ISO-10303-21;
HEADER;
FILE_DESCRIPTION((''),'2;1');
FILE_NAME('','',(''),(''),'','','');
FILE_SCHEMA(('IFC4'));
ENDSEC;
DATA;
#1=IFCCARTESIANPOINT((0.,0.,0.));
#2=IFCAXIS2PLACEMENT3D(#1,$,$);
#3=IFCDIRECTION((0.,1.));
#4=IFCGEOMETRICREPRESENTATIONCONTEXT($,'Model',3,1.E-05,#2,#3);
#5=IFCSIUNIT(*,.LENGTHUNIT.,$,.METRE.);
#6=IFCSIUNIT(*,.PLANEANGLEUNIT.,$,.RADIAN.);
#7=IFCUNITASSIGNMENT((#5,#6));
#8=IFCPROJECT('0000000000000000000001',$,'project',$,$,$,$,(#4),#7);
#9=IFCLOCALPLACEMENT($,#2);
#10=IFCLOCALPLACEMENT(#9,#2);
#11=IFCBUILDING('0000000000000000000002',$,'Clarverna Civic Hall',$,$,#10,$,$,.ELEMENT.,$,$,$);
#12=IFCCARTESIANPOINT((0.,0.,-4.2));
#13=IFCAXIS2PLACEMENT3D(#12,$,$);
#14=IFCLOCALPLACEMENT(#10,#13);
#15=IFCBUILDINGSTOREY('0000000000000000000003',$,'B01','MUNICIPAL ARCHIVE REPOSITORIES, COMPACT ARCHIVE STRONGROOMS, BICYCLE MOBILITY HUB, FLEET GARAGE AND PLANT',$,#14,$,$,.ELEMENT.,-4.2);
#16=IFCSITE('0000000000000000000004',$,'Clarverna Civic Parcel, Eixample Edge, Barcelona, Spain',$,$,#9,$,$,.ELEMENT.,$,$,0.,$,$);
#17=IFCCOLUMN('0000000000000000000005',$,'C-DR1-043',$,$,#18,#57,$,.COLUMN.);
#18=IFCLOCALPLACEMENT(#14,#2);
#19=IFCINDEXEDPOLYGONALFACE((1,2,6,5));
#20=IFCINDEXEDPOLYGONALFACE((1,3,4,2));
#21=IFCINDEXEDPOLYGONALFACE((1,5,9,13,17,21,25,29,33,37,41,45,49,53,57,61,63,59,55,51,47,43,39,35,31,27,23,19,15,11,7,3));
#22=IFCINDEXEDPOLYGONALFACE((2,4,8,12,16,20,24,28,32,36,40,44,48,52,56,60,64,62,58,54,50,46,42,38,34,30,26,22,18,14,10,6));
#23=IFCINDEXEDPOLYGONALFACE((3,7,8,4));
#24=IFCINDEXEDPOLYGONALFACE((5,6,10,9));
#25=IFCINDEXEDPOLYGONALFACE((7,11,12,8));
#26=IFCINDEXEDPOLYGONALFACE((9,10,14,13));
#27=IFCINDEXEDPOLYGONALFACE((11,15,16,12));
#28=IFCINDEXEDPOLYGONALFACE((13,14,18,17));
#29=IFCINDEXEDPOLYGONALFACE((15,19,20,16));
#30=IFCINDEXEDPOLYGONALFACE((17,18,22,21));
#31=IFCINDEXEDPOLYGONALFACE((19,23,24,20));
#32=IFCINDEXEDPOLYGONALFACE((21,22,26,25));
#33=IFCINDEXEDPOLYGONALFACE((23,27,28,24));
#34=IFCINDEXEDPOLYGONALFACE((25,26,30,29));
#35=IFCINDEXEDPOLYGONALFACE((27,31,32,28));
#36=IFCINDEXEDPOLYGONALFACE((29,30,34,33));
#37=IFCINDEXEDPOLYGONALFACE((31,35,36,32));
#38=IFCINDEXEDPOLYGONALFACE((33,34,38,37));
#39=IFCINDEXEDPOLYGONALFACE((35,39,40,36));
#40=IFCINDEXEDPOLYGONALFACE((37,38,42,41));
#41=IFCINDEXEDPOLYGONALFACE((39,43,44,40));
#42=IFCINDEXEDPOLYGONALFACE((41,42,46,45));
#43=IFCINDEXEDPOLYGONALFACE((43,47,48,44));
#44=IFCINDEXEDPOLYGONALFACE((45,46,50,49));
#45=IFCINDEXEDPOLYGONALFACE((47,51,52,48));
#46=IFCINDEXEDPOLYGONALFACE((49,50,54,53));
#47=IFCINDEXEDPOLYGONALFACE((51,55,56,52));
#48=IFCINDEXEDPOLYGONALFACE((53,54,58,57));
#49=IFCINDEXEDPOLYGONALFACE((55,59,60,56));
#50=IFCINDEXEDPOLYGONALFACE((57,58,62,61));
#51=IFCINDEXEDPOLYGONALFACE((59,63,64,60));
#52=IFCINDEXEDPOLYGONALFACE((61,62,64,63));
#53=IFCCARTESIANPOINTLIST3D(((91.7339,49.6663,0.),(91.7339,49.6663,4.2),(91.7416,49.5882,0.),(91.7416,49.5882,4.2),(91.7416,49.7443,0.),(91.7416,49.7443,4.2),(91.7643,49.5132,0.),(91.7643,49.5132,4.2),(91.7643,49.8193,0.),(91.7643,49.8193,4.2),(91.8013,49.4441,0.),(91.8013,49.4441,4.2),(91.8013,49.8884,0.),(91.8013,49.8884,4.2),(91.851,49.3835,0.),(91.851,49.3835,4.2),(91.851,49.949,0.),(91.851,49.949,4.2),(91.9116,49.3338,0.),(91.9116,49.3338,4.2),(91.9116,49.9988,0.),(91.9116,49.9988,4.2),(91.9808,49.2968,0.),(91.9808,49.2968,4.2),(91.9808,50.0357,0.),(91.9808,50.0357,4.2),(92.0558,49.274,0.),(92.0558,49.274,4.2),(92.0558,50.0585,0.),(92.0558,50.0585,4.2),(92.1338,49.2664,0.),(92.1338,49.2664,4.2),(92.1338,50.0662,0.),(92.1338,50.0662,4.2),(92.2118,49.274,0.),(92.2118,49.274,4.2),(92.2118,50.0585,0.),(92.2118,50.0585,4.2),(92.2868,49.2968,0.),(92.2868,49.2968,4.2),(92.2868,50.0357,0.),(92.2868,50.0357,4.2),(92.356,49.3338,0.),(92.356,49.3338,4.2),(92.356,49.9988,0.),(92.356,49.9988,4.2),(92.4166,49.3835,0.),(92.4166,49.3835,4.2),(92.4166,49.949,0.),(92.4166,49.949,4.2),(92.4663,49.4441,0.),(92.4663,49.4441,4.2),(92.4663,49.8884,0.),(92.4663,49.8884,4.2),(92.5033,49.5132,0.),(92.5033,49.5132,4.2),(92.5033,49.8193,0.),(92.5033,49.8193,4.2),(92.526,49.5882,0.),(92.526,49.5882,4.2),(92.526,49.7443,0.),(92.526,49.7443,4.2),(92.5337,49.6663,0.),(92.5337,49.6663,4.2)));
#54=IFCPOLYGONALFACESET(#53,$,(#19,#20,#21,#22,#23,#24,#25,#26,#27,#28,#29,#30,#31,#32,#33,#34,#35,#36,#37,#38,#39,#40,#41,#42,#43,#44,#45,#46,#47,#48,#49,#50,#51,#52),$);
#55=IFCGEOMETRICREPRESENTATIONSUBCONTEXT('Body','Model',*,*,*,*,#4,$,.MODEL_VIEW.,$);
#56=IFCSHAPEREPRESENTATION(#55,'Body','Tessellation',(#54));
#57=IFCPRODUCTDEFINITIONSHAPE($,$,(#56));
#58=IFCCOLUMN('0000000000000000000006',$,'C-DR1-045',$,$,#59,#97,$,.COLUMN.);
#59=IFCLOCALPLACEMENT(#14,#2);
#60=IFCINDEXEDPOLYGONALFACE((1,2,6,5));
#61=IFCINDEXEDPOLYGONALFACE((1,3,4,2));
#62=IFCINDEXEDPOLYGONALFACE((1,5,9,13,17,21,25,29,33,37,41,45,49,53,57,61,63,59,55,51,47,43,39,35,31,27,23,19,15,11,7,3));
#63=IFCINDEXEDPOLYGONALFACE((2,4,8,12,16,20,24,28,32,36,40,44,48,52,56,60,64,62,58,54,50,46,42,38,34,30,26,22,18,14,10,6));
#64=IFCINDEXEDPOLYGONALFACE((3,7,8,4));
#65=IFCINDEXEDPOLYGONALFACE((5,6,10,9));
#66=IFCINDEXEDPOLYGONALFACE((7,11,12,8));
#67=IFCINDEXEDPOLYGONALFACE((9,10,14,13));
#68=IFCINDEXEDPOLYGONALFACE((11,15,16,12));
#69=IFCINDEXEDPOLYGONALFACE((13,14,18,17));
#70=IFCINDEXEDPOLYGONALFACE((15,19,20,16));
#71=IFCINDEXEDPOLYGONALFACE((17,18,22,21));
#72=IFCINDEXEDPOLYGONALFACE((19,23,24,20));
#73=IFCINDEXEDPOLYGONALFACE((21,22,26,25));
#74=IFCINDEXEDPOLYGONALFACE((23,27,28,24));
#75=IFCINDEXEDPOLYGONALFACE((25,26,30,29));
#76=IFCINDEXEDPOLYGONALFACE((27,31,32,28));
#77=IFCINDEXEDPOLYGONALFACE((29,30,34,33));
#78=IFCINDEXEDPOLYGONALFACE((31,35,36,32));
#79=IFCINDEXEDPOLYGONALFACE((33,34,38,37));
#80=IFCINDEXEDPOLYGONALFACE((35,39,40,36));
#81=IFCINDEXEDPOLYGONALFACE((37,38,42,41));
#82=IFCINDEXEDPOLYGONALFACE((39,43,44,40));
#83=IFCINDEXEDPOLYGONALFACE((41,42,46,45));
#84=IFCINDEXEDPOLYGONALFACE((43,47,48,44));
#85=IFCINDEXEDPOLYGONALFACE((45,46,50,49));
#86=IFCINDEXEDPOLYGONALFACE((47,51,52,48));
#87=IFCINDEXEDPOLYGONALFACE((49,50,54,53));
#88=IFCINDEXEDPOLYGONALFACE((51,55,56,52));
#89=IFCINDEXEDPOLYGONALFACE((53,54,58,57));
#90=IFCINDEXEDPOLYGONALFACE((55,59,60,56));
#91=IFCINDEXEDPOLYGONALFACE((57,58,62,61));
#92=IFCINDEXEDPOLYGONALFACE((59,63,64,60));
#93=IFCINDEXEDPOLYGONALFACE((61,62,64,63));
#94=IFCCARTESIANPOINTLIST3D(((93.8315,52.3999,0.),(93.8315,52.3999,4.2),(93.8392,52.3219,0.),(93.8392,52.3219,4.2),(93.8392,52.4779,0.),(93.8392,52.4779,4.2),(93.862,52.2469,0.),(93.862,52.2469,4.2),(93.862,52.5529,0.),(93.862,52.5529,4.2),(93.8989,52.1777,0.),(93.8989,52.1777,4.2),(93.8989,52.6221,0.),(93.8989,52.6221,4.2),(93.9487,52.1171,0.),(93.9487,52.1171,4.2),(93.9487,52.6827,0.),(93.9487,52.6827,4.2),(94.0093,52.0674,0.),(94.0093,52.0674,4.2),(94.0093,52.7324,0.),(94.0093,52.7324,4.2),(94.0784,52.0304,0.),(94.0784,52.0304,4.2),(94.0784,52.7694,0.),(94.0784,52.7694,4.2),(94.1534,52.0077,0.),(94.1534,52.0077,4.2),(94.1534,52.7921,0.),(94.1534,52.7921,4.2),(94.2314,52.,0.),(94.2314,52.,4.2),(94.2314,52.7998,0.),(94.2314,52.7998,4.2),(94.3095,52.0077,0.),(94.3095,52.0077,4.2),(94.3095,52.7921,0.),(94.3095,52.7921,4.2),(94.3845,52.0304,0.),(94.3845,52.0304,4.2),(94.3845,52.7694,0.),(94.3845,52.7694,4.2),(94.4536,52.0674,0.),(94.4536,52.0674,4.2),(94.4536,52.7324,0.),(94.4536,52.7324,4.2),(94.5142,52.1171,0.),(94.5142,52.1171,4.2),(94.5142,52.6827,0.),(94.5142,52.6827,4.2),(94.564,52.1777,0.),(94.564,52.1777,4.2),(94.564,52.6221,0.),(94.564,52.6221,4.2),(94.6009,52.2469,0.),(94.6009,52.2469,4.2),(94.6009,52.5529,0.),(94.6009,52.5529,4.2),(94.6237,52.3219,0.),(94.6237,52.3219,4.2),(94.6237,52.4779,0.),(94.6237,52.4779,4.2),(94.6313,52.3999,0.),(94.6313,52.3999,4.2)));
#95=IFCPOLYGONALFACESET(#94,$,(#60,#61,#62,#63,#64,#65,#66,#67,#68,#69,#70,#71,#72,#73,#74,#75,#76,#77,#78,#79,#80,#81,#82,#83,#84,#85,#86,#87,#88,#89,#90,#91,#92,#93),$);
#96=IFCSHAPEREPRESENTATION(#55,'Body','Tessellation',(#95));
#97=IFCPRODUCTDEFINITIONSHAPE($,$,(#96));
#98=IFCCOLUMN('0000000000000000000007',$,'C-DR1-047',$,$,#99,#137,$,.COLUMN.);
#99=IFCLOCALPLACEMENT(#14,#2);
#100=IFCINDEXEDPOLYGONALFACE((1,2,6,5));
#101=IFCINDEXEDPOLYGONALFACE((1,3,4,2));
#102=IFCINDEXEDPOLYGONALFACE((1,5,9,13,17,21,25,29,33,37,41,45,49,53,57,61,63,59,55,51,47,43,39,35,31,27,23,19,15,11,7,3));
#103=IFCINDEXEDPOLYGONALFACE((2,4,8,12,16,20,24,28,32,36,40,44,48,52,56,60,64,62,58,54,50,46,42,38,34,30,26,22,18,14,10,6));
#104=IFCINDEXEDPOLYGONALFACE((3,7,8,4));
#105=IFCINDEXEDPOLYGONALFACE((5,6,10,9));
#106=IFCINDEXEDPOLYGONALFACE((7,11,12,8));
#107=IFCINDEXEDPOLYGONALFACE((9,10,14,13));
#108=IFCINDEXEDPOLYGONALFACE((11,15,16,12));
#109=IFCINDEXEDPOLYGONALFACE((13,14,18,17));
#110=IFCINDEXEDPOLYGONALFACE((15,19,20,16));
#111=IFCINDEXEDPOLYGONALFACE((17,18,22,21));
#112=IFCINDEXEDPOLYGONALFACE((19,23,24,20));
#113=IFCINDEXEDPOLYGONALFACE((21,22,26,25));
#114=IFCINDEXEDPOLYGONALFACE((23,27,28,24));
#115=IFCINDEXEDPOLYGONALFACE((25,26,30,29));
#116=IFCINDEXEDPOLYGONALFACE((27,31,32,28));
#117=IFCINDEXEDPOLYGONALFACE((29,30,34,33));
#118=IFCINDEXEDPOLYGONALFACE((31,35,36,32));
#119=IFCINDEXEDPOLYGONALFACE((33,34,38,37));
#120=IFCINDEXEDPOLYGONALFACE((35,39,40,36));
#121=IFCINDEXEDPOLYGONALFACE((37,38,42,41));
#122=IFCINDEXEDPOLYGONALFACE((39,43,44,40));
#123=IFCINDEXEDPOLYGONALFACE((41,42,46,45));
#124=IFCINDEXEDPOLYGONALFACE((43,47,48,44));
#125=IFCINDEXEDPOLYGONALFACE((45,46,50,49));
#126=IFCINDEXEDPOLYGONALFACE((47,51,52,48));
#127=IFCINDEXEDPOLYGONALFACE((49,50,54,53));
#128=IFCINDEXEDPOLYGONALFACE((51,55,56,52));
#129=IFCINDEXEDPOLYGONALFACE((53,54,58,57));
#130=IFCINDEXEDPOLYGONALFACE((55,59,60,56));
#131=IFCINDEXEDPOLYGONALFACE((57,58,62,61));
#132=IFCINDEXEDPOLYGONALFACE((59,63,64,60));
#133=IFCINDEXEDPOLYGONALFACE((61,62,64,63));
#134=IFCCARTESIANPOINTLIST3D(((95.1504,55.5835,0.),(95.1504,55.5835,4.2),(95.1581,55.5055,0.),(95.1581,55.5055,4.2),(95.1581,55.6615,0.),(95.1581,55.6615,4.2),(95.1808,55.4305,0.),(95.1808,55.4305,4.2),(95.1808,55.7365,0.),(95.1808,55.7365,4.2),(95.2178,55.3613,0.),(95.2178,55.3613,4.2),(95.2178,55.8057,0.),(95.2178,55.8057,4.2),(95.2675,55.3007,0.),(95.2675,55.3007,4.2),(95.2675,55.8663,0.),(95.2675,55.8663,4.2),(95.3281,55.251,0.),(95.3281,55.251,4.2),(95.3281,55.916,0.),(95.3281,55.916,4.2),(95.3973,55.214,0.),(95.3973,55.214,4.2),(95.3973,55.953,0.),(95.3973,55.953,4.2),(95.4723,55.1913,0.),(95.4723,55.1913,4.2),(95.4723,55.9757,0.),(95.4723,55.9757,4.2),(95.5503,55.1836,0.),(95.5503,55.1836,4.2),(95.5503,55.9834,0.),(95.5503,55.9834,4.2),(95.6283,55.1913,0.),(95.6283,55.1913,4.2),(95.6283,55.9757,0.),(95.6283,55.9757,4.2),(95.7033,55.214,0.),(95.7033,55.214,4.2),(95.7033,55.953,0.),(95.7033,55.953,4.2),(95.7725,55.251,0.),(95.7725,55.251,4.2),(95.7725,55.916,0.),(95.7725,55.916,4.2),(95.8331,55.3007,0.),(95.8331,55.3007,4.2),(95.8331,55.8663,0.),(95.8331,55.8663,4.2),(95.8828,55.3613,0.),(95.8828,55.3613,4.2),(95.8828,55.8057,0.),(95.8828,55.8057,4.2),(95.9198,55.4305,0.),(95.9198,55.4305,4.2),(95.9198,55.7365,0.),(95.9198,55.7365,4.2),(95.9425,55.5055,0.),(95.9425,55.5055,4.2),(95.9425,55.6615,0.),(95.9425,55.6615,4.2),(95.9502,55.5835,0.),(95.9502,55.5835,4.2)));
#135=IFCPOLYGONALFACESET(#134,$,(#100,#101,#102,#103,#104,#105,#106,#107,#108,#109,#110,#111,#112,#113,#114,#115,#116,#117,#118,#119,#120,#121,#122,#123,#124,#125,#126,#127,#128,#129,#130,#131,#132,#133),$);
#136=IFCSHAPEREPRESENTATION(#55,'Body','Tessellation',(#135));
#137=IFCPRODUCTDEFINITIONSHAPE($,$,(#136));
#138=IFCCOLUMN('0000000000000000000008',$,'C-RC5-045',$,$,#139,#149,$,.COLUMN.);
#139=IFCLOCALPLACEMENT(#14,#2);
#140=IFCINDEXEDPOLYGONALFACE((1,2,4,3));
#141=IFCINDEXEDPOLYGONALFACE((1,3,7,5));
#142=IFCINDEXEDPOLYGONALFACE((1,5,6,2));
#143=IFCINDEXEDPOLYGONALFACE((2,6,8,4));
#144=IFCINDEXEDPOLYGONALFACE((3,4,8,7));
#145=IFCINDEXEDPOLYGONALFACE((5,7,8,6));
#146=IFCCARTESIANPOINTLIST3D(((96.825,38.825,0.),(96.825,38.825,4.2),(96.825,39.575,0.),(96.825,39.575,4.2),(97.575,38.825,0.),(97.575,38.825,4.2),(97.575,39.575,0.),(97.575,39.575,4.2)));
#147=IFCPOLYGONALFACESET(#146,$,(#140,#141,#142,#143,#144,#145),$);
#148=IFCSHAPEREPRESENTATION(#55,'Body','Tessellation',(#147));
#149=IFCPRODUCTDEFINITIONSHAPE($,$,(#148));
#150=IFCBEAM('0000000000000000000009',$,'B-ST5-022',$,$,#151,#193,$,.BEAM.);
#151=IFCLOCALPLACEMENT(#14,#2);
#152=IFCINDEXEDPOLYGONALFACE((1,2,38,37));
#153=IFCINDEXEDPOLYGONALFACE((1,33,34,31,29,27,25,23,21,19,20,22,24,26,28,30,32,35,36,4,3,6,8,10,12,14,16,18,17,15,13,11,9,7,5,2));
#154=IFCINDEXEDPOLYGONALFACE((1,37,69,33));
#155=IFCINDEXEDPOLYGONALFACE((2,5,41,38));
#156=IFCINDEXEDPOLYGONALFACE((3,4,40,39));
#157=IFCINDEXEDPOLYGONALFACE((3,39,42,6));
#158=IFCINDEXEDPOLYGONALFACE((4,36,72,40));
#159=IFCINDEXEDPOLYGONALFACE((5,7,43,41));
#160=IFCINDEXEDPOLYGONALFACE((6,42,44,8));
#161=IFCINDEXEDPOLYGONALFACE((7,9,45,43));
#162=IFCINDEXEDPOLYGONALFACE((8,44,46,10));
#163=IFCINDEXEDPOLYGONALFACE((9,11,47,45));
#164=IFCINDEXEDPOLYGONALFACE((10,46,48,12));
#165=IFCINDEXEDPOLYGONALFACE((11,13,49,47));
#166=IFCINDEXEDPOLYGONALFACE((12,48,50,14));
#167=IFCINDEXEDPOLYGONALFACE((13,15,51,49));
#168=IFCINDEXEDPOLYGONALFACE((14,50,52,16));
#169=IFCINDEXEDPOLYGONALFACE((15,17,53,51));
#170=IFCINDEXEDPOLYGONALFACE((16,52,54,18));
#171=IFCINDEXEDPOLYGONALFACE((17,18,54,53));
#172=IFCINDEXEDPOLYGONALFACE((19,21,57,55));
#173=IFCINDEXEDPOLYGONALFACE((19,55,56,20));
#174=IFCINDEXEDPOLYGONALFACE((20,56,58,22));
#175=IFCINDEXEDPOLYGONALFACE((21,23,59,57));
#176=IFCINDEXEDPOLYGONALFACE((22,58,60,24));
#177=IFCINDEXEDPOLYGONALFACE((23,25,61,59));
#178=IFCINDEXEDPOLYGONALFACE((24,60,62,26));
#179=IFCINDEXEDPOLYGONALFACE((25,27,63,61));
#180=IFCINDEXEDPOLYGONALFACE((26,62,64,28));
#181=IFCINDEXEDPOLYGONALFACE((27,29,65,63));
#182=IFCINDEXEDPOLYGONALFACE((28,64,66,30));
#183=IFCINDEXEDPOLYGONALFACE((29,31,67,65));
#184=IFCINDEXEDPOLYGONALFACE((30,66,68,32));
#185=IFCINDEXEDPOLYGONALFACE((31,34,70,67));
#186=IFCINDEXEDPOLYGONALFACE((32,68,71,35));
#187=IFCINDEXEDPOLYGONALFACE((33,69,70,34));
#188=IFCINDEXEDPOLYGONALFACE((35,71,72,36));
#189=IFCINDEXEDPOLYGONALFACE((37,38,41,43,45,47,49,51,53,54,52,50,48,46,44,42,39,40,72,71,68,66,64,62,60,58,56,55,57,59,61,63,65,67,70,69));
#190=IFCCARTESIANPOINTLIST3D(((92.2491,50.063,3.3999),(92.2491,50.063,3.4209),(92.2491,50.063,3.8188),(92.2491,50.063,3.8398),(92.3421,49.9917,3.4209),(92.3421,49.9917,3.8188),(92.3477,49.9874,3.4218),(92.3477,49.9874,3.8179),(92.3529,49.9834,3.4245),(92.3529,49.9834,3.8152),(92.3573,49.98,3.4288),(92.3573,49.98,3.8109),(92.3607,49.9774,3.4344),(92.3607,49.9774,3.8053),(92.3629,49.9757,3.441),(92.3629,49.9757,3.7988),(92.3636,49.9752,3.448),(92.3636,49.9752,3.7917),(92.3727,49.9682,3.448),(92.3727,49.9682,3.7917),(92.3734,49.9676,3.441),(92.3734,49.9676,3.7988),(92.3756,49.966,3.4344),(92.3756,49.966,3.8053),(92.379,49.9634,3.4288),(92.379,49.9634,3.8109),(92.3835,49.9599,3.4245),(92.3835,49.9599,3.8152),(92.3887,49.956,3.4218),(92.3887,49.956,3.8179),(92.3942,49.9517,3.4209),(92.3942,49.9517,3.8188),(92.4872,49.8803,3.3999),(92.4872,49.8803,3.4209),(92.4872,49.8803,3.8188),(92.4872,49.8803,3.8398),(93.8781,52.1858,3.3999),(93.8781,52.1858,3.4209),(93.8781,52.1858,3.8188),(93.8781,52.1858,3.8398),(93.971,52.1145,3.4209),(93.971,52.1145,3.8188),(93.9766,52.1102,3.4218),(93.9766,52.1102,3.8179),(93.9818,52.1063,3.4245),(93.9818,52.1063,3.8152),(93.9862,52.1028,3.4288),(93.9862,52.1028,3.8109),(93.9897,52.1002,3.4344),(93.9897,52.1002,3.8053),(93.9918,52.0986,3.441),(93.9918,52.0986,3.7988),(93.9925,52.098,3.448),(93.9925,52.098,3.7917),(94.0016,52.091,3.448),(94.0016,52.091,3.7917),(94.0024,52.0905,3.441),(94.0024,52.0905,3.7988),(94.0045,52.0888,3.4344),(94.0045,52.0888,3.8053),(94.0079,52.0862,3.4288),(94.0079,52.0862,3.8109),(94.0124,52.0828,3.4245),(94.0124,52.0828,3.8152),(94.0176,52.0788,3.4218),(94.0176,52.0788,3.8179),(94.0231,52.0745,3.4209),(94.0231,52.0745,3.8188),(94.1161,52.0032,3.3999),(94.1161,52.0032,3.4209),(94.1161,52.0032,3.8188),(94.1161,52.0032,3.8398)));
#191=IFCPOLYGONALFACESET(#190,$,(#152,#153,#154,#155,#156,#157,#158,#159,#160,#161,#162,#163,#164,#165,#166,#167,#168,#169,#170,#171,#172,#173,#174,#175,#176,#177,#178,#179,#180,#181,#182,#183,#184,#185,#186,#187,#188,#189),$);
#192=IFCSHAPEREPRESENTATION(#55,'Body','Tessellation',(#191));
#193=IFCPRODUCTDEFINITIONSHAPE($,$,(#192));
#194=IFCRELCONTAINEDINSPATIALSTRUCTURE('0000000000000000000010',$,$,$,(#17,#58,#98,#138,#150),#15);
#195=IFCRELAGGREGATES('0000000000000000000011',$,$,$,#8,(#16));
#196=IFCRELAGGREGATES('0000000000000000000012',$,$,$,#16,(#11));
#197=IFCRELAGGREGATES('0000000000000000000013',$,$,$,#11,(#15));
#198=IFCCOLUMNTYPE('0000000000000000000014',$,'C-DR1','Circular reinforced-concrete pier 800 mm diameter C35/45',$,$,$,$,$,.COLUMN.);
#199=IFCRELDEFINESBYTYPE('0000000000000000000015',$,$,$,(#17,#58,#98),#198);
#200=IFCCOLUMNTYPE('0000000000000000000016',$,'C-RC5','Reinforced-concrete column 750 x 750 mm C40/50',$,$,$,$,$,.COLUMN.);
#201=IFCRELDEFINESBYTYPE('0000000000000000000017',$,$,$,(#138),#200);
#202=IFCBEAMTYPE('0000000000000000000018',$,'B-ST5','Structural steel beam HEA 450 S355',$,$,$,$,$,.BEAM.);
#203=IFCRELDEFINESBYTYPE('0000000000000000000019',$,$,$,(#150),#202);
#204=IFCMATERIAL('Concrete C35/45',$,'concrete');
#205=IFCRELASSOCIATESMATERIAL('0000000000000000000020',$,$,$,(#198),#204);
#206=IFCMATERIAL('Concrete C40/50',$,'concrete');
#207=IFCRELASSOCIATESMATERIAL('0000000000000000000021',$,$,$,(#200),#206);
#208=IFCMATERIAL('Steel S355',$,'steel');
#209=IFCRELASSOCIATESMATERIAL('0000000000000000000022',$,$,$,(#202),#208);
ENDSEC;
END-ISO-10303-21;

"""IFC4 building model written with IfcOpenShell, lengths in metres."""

from ifc_helpers import new_model, si_unit, direction, frame, origin, origin_2d, place, context, subcontext, project, spatial, rectangle, circle, i_section, extrude, material, material_profile, profile_set, type_object, element, save


model = new_model("IFC4")

# Units and contexts
model_context = context("Model", 3, precision=1e-05, world=origin(), true_north=direction((0.0, 1.0)))
body_context = subcontext(model_context, "Body", "Model", "MODEL_VIEW")
ifc_project = project(units=[si_unit("LENGTHUNIT", "METRE"), si_unit("PLANEANGLEUNIT", "RADIAN")], contexts=[model_context])

# Site, building, storey
site_placement = place(None, origin())
site = spatial("IfcSite", under=ifc_project, at=site_placement, Name="Clarverna Civic Parcel, Eixample Edge, Barcelona, Spain", CompositionType="ELEMENT", RefElevation=0.0)
building_placement = place(site_placement, origin())
building = spatial("IfcBuilding", under=site, at=building_placement, Name="Clarverna Civic Hall", CompositionType="ELEMENT")
storey_placement = place(building_placement, frame((0.0, 0.0, -4.2)))
storey = spatial("IfcBuildingStorey", under=building, at=storey_placement, Name="B01", Description="MUNICIPAL ARCHIVE REPOSITORIES, COMPACT ARCHIVE STRONGROOMS, BICYCLE MOBILITY HUB, FLEET GARAGE AND PLANT", CompositionType="ELEMENT", Elevation=-4.2)

# Columns
ifc_material_1 = material(Name="Concrete C35/45", Category="concrete")
ifc_material_profile_1 = material_profile(ifc_material_1, circle(Radius=0.3999, at=origin_2d()), Name="RC D800")
ifc_profile_set_1 = profile_set([ifc_material_profile_1], Name="Concrete C35/45")
column_type_1 = type_object("IfcColumnType", Name="C-DR1", Description="Circular reinforced-concrete pier 800 mm diameter C35/45", PredefinedType="COLUMN", material=ifc_profile_set_1)
for number, where, z_axis, x_axis, name in (
    (1, (92.1338, 49.6663, 0.0), (0.0, 0.0, 1.0), (1.0, 0.0, 0.0), "C-DR1-043"),
    (2, (94.2314, 52.3999, 0.0), (0.0, 0.0, 1.0), (1.0, 0.0, 0.0), "C-DR1-045"),
    (3, (95.5503, 55.5835, 0.0), (0.0, 0.0, 1.0), (1.0, 0.0, 0.0), "C-DR1-047"),
):
    element("IfcColumn", number, at=place(storey_placement, frame(where, z_axis=z_axis, x_axis=x_axis)), inside=storey, type_object=column_type_1, Name=name, PredefinedType="COLUMN", context=body_context, shape_type="SweptSolid", body=[
        extrude(circle(Radius=0.3999, at=origin_2d()), origin(), (0.0, 0.0, 1.0), 4.2),
    ])
ifc_material_2 = material(Name="Concrete C40/50", Category="concrete")
ifc_material_profile_2 = material_profile(ifc_material_2, rectangle(XDim=0.75, YDim=0.75, at=origin_2d()), Name="RC 750x750")
ifc_profile_set_2 = profile_set([ifc_material_profile_2], Name="Concrete C40/50")
column_type_2 = type_object("IfcColumnType", Name="C-RC5", Description="Reinforced-concrete column 750 x 750 mm C40/50", PredefinedType="COLUMN", material=ifc_profile_set_2)
column_1_placement = place(storey_placement, frame((97.2, 39.2, 0.0), z_axis=(0.0, 0.0, 1.0), x_axis=(1.0, 0.0, 0.0)))
element("IfcColumn", 4, at=column_1_placement, inside=storey, type_object=column_type_2, Name="C-RC5-045", PredefinedType="COLUMN", context=body_context, shape_type="SweptSolid", body=[
    extrude(rectangle(XDim=0.75, YDim=0.75, at=origin_2d()), origin(), (0.0, 0.0, 1.0), 4.2),
])

# Beam
ifc_material_3 = material(Name="Steel S355", Category="steel")
ifc_material_profile_3 = material_profile(ifc_material_3, i_section(OverallWidth=0.3, OverallDepth=0.4399, WebThickness=0.0115, FlangeThickness=0.021, FilletRadius=0.0271, at=origin_2d()), Name="HEA 450")
ifc_profile_set_3 = profile_set([ifc_material_profile_3], Name="Steel S355")
beam_type_1 = type_object("IfcBeamType", Name="B-ST5", Description="Structural steel beam HEA 450 S355", PredefinedType="BEAM", material=ifc_profile_set_3)
for number, where, z_axis, x_axis, name in (
    (5, (92.3682, 49.9717, 3.6199), (0.608767, 0.793349, 0.0), (-0.793349, 0.608767, 0.0), "B-ST5-022"),
):
    element("IfcBeam", number, at=place(storey_placement, frame(where, z_axis=z_axis, x_axis=x_axis)), inside=storey, type_object=beam_type_1, Name=name, PredefinedType="BEAM", context=body_context, shape_type="SweptSolid", body=[
        extrude(i_section(OverallWidth=0.3, OverallDepth=0.4399, WebThickness=0.0115, FlangeThickness=0.021, FilletRadius=0.0271, at=origin_2d()), origin(), (0.0, 0.0, 1.0), 2.6758),
    ])

save(model, "model.ifc")
